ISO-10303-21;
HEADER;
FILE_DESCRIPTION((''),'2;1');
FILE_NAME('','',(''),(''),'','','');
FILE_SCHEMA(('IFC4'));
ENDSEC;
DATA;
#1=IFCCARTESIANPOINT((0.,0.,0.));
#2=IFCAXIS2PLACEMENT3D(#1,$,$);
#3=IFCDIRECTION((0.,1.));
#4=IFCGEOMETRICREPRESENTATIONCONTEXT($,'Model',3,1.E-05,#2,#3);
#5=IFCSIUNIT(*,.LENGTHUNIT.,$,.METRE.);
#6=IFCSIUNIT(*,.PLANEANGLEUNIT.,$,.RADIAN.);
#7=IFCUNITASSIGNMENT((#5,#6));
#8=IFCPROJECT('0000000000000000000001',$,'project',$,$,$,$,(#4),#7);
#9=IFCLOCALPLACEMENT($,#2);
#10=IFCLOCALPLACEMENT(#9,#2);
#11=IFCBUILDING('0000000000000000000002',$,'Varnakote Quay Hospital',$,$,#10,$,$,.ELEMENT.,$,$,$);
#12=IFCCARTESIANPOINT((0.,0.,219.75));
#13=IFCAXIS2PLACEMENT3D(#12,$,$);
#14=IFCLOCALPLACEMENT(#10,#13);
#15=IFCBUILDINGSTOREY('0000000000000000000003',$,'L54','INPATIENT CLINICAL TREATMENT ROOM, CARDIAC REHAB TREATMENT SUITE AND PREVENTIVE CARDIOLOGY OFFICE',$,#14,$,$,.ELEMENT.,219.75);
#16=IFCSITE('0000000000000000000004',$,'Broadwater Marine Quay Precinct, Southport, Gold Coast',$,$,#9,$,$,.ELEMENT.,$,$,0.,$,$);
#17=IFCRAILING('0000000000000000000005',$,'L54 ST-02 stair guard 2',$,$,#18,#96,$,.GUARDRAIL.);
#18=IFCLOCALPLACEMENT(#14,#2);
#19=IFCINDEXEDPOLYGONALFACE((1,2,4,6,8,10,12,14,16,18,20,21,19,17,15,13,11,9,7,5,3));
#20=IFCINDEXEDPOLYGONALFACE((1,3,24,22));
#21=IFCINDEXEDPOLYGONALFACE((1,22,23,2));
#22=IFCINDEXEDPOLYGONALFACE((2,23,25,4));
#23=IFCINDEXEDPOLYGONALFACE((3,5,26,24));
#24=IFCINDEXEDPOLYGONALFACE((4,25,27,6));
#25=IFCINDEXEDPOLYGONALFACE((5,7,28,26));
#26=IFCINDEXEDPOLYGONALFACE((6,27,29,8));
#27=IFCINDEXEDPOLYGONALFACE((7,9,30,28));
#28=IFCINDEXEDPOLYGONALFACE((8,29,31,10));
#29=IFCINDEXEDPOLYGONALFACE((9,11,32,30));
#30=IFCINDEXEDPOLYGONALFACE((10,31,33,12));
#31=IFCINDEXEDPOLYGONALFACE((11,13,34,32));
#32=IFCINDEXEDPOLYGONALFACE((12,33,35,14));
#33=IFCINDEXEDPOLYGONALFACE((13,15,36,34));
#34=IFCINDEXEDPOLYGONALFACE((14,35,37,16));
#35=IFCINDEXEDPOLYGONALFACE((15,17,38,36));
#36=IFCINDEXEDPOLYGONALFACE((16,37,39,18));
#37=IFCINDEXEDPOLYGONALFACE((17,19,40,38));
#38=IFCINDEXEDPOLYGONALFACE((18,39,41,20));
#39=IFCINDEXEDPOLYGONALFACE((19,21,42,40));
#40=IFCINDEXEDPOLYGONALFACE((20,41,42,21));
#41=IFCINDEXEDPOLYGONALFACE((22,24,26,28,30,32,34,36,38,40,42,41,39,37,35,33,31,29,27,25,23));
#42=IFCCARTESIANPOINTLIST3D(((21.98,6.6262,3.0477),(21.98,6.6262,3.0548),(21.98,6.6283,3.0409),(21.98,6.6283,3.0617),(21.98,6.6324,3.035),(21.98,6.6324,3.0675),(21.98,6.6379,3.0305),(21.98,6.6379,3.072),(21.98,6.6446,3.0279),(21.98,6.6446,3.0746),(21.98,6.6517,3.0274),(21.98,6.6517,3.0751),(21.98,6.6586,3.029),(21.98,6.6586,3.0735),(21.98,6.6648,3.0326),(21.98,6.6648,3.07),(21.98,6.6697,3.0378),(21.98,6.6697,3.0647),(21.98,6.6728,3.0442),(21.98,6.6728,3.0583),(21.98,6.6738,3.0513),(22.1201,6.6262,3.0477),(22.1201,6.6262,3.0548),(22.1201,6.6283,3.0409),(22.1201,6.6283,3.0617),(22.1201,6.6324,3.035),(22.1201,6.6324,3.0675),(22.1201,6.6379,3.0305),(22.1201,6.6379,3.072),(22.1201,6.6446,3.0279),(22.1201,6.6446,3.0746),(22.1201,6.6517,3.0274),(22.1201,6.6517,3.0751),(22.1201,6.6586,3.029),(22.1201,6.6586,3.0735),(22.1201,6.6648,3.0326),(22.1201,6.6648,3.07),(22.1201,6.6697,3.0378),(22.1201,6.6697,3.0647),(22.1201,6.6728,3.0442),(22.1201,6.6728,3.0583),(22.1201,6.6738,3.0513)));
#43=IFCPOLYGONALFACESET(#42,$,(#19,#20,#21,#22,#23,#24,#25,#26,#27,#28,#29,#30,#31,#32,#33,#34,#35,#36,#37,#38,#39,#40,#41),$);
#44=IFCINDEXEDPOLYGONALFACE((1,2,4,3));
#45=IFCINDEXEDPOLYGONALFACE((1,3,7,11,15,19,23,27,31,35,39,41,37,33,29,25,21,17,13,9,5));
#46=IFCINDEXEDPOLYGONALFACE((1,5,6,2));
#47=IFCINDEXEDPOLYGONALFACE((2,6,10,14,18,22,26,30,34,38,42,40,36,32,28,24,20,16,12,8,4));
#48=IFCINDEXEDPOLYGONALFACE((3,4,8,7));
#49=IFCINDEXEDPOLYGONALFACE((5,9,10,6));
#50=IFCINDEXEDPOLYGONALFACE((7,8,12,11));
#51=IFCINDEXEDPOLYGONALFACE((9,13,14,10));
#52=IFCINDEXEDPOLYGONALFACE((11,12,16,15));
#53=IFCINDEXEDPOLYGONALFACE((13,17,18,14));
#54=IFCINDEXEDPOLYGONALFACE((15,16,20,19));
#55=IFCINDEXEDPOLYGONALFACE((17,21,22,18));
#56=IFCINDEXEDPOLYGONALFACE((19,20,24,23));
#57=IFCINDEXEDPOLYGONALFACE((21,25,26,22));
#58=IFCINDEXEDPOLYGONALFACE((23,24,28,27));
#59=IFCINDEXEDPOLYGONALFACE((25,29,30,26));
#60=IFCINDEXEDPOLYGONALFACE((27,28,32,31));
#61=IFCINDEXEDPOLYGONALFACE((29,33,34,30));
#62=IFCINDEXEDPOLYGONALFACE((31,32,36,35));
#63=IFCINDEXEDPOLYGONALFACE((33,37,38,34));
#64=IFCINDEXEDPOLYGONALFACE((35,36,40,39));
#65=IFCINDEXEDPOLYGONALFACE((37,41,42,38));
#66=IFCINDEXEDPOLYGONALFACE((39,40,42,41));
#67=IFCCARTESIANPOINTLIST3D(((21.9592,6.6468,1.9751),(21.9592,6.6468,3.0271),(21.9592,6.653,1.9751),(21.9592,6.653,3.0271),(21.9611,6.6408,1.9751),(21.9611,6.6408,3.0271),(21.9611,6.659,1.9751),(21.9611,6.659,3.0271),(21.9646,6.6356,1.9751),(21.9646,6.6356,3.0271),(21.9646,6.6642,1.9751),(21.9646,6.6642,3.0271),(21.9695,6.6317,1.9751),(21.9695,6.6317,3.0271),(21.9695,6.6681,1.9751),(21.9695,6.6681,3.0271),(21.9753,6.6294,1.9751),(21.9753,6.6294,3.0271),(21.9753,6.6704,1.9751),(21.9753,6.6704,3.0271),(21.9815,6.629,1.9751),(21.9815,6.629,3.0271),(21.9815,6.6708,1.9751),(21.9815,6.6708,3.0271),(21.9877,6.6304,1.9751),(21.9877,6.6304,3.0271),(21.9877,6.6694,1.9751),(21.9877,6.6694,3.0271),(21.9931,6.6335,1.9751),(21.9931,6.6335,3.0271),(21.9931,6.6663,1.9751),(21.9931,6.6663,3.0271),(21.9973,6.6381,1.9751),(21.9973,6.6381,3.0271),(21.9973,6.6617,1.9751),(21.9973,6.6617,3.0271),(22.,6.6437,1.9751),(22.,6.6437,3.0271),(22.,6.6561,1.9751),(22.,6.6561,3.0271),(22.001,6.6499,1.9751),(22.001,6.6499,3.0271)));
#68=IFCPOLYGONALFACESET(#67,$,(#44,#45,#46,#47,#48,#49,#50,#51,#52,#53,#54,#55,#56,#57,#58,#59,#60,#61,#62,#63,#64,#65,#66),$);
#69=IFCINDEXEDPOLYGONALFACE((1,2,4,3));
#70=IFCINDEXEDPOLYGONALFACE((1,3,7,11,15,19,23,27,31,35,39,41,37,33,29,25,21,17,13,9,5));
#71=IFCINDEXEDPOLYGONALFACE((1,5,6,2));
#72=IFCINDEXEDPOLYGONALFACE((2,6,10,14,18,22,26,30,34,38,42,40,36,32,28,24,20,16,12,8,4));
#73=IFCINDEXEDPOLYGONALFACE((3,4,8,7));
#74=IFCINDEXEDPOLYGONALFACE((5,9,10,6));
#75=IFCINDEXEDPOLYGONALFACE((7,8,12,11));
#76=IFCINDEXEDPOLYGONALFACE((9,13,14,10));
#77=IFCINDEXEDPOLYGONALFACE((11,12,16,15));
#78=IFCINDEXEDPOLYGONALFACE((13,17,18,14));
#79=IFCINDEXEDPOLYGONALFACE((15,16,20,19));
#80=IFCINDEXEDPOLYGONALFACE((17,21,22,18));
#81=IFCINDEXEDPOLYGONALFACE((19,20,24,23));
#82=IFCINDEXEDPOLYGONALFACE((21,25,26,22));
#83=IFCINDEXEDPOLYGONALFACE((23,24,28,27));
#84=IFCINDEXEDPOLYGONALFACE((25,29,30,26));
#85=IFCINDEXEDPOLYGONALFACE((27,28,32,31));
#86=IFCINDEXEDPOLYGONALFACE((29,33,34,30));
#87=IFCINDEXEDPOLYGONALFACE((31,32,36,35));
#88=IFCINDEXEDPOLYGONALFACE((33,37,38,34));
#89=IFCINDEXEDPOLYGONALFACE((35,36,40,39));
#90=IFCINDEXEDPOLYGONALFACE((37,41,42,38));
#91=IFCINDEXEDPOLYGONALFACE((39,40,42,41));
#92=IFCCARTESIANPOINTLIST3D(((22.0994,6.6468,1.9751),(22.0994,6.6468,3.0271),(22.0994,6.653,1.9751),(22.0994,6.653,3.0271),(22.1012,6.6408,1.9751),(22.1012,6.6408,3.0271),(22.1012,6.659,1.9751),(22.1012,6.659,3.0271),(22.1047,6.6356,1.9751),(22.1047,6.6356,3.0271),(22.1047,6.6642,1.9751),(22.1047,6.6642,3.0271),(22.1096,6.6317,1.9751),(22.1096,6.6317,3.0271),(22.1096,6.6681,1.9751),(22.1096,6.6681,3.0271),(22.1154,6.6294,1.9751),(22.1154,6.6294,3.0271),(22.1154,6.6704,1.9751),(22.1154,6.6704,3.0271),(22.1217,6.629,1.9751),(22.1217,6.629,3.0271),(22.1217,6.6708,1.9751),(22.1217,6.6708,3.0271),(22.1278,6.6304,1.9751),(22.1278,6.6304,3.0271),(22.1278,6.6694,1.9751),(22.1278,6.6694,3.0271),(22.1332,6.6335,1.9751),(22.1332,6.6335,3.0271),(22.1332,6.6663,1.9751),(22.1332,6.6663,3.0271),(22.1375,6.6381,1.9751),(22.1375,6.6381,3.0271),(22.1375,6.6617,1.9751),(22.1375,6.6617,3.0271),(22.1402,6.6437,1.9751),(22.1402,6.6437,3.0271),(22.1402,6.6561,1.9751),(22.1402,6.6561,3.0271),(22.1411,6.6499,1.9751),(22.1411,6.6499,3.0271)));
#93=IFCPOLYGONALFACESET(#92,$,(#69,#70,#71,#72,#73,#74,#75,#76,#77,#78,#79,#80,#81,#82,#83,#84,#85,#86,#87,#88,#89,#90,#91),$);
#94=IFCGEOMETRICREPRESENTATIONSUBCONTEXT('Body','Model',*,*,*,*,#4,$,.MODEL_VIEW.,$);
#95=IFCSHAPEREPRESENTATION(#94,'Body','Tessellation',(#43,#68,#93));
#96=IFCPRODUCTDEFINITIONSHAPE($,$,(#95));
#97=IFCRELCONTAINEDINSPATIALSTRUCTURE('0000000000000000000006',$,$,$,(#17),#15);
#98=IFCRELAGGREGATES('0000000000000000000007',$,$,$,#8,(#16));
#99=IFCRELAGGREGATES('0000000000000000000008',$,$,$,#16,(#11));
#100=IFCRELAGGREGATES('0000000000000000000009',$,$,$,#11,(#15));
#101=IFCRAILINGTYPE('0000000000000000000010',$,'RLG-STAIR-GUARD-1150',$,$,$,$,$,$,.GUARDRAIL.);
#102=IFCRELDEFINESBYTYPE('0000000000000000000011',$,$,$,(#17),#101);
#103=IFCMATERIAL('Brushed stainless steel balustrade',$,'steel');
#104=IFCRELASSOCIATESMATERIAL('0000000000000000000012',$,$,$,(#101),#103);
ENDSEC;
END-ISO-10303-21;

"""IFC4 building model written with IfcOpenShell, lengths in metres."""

from ifc_helpers import new_model, si_unit, direction, frame, origin, origin_2d, place, context, subcontext, project, spatial, circle, extrude, material, type_object, element, save


model = new_model("IFC4")

# Units and contexts
model_context = context("Model", 3, precision=1e-05, world=origin(), true_north=direction((0.0, 1.0)))
body_context = subcontext(model_context, "Body", "Model", "MODEL_VIEW")
ifc_project = project(units=[si_unit("LENGTHUNIT", "METRE"), si_unit("PLANEANGLEUNIT", "RADIAN")], contexts=[model_context])

# Site, building, storey
site_placement = place(None, origin())
site = spatial("IfcSite", under=ifc_project, at=site_placement, Name="Broadwater Marine Quay Precinct, Southport, Gold Coast", CompositionType="ELEMENT", RefElevation=0.0)
building_placement = place(site_placement, origin())
building = spatial("IfcBuilding", under=site, at=building_placement, Name="Varnakote Quay Hospital", CompositionType="ELEMENT")
storey_placement = place(building_placement, frame((0.0, 0.0, 219.75)))
storey = spatial("IfcBuildingStorey", under=building, at=storey_placement, Name="L54", Description="INPATIENT CLINICAL TREATMENT ROOM, CARDIAC REHAB TREATMENT SUITE AND PREVENTIVE CARDIOLOGY OFFICE", CompositionType="ELEMENT", Elevation=219.75)

# Railing
ifc_material_1 = material(Name="Brushed stainless steel balustrade", Category="steel")
railing_type_1 = type_object("IfcRailingType", Name="RLG-STAIR-GUARD-1150", PredefinedType="GUARDRAIL", material=ifc_material_1)
railing_1_placement = place(storey_placement, frame((21.98, 6.6499, 1.9751)))
element("IfcRailing", 1, at=railing_1_placement, inside=storey, type_object=railing_type_1, Name="L54 ST-02 stair guard 2", PredefinedType="GUARDRAIL", context=body_context, shape_type="SweptSolid", body=[
    extrude(circle(Radius=0.0239, at=origin_2d()), frame((0.0, 0.0, 1.0762), z_axis=(1.0, 0.0, 0.0), x_axis=(0.0, 1.0, 0.0)), (0.0, 0.0, 1.0), 0.1401),
    extrude(circle(Radius=0.021, at=origin_2d()), origin(), (0.0, 0.0, 1.0), 1.052),
    extrude(circle(Radius=0.021, at=origin_2d()), frame((0.1401, 0.0, 0.0)), (0.0, 0.0, 1.0), 1.052),
])

save(model, "model.ifc")
